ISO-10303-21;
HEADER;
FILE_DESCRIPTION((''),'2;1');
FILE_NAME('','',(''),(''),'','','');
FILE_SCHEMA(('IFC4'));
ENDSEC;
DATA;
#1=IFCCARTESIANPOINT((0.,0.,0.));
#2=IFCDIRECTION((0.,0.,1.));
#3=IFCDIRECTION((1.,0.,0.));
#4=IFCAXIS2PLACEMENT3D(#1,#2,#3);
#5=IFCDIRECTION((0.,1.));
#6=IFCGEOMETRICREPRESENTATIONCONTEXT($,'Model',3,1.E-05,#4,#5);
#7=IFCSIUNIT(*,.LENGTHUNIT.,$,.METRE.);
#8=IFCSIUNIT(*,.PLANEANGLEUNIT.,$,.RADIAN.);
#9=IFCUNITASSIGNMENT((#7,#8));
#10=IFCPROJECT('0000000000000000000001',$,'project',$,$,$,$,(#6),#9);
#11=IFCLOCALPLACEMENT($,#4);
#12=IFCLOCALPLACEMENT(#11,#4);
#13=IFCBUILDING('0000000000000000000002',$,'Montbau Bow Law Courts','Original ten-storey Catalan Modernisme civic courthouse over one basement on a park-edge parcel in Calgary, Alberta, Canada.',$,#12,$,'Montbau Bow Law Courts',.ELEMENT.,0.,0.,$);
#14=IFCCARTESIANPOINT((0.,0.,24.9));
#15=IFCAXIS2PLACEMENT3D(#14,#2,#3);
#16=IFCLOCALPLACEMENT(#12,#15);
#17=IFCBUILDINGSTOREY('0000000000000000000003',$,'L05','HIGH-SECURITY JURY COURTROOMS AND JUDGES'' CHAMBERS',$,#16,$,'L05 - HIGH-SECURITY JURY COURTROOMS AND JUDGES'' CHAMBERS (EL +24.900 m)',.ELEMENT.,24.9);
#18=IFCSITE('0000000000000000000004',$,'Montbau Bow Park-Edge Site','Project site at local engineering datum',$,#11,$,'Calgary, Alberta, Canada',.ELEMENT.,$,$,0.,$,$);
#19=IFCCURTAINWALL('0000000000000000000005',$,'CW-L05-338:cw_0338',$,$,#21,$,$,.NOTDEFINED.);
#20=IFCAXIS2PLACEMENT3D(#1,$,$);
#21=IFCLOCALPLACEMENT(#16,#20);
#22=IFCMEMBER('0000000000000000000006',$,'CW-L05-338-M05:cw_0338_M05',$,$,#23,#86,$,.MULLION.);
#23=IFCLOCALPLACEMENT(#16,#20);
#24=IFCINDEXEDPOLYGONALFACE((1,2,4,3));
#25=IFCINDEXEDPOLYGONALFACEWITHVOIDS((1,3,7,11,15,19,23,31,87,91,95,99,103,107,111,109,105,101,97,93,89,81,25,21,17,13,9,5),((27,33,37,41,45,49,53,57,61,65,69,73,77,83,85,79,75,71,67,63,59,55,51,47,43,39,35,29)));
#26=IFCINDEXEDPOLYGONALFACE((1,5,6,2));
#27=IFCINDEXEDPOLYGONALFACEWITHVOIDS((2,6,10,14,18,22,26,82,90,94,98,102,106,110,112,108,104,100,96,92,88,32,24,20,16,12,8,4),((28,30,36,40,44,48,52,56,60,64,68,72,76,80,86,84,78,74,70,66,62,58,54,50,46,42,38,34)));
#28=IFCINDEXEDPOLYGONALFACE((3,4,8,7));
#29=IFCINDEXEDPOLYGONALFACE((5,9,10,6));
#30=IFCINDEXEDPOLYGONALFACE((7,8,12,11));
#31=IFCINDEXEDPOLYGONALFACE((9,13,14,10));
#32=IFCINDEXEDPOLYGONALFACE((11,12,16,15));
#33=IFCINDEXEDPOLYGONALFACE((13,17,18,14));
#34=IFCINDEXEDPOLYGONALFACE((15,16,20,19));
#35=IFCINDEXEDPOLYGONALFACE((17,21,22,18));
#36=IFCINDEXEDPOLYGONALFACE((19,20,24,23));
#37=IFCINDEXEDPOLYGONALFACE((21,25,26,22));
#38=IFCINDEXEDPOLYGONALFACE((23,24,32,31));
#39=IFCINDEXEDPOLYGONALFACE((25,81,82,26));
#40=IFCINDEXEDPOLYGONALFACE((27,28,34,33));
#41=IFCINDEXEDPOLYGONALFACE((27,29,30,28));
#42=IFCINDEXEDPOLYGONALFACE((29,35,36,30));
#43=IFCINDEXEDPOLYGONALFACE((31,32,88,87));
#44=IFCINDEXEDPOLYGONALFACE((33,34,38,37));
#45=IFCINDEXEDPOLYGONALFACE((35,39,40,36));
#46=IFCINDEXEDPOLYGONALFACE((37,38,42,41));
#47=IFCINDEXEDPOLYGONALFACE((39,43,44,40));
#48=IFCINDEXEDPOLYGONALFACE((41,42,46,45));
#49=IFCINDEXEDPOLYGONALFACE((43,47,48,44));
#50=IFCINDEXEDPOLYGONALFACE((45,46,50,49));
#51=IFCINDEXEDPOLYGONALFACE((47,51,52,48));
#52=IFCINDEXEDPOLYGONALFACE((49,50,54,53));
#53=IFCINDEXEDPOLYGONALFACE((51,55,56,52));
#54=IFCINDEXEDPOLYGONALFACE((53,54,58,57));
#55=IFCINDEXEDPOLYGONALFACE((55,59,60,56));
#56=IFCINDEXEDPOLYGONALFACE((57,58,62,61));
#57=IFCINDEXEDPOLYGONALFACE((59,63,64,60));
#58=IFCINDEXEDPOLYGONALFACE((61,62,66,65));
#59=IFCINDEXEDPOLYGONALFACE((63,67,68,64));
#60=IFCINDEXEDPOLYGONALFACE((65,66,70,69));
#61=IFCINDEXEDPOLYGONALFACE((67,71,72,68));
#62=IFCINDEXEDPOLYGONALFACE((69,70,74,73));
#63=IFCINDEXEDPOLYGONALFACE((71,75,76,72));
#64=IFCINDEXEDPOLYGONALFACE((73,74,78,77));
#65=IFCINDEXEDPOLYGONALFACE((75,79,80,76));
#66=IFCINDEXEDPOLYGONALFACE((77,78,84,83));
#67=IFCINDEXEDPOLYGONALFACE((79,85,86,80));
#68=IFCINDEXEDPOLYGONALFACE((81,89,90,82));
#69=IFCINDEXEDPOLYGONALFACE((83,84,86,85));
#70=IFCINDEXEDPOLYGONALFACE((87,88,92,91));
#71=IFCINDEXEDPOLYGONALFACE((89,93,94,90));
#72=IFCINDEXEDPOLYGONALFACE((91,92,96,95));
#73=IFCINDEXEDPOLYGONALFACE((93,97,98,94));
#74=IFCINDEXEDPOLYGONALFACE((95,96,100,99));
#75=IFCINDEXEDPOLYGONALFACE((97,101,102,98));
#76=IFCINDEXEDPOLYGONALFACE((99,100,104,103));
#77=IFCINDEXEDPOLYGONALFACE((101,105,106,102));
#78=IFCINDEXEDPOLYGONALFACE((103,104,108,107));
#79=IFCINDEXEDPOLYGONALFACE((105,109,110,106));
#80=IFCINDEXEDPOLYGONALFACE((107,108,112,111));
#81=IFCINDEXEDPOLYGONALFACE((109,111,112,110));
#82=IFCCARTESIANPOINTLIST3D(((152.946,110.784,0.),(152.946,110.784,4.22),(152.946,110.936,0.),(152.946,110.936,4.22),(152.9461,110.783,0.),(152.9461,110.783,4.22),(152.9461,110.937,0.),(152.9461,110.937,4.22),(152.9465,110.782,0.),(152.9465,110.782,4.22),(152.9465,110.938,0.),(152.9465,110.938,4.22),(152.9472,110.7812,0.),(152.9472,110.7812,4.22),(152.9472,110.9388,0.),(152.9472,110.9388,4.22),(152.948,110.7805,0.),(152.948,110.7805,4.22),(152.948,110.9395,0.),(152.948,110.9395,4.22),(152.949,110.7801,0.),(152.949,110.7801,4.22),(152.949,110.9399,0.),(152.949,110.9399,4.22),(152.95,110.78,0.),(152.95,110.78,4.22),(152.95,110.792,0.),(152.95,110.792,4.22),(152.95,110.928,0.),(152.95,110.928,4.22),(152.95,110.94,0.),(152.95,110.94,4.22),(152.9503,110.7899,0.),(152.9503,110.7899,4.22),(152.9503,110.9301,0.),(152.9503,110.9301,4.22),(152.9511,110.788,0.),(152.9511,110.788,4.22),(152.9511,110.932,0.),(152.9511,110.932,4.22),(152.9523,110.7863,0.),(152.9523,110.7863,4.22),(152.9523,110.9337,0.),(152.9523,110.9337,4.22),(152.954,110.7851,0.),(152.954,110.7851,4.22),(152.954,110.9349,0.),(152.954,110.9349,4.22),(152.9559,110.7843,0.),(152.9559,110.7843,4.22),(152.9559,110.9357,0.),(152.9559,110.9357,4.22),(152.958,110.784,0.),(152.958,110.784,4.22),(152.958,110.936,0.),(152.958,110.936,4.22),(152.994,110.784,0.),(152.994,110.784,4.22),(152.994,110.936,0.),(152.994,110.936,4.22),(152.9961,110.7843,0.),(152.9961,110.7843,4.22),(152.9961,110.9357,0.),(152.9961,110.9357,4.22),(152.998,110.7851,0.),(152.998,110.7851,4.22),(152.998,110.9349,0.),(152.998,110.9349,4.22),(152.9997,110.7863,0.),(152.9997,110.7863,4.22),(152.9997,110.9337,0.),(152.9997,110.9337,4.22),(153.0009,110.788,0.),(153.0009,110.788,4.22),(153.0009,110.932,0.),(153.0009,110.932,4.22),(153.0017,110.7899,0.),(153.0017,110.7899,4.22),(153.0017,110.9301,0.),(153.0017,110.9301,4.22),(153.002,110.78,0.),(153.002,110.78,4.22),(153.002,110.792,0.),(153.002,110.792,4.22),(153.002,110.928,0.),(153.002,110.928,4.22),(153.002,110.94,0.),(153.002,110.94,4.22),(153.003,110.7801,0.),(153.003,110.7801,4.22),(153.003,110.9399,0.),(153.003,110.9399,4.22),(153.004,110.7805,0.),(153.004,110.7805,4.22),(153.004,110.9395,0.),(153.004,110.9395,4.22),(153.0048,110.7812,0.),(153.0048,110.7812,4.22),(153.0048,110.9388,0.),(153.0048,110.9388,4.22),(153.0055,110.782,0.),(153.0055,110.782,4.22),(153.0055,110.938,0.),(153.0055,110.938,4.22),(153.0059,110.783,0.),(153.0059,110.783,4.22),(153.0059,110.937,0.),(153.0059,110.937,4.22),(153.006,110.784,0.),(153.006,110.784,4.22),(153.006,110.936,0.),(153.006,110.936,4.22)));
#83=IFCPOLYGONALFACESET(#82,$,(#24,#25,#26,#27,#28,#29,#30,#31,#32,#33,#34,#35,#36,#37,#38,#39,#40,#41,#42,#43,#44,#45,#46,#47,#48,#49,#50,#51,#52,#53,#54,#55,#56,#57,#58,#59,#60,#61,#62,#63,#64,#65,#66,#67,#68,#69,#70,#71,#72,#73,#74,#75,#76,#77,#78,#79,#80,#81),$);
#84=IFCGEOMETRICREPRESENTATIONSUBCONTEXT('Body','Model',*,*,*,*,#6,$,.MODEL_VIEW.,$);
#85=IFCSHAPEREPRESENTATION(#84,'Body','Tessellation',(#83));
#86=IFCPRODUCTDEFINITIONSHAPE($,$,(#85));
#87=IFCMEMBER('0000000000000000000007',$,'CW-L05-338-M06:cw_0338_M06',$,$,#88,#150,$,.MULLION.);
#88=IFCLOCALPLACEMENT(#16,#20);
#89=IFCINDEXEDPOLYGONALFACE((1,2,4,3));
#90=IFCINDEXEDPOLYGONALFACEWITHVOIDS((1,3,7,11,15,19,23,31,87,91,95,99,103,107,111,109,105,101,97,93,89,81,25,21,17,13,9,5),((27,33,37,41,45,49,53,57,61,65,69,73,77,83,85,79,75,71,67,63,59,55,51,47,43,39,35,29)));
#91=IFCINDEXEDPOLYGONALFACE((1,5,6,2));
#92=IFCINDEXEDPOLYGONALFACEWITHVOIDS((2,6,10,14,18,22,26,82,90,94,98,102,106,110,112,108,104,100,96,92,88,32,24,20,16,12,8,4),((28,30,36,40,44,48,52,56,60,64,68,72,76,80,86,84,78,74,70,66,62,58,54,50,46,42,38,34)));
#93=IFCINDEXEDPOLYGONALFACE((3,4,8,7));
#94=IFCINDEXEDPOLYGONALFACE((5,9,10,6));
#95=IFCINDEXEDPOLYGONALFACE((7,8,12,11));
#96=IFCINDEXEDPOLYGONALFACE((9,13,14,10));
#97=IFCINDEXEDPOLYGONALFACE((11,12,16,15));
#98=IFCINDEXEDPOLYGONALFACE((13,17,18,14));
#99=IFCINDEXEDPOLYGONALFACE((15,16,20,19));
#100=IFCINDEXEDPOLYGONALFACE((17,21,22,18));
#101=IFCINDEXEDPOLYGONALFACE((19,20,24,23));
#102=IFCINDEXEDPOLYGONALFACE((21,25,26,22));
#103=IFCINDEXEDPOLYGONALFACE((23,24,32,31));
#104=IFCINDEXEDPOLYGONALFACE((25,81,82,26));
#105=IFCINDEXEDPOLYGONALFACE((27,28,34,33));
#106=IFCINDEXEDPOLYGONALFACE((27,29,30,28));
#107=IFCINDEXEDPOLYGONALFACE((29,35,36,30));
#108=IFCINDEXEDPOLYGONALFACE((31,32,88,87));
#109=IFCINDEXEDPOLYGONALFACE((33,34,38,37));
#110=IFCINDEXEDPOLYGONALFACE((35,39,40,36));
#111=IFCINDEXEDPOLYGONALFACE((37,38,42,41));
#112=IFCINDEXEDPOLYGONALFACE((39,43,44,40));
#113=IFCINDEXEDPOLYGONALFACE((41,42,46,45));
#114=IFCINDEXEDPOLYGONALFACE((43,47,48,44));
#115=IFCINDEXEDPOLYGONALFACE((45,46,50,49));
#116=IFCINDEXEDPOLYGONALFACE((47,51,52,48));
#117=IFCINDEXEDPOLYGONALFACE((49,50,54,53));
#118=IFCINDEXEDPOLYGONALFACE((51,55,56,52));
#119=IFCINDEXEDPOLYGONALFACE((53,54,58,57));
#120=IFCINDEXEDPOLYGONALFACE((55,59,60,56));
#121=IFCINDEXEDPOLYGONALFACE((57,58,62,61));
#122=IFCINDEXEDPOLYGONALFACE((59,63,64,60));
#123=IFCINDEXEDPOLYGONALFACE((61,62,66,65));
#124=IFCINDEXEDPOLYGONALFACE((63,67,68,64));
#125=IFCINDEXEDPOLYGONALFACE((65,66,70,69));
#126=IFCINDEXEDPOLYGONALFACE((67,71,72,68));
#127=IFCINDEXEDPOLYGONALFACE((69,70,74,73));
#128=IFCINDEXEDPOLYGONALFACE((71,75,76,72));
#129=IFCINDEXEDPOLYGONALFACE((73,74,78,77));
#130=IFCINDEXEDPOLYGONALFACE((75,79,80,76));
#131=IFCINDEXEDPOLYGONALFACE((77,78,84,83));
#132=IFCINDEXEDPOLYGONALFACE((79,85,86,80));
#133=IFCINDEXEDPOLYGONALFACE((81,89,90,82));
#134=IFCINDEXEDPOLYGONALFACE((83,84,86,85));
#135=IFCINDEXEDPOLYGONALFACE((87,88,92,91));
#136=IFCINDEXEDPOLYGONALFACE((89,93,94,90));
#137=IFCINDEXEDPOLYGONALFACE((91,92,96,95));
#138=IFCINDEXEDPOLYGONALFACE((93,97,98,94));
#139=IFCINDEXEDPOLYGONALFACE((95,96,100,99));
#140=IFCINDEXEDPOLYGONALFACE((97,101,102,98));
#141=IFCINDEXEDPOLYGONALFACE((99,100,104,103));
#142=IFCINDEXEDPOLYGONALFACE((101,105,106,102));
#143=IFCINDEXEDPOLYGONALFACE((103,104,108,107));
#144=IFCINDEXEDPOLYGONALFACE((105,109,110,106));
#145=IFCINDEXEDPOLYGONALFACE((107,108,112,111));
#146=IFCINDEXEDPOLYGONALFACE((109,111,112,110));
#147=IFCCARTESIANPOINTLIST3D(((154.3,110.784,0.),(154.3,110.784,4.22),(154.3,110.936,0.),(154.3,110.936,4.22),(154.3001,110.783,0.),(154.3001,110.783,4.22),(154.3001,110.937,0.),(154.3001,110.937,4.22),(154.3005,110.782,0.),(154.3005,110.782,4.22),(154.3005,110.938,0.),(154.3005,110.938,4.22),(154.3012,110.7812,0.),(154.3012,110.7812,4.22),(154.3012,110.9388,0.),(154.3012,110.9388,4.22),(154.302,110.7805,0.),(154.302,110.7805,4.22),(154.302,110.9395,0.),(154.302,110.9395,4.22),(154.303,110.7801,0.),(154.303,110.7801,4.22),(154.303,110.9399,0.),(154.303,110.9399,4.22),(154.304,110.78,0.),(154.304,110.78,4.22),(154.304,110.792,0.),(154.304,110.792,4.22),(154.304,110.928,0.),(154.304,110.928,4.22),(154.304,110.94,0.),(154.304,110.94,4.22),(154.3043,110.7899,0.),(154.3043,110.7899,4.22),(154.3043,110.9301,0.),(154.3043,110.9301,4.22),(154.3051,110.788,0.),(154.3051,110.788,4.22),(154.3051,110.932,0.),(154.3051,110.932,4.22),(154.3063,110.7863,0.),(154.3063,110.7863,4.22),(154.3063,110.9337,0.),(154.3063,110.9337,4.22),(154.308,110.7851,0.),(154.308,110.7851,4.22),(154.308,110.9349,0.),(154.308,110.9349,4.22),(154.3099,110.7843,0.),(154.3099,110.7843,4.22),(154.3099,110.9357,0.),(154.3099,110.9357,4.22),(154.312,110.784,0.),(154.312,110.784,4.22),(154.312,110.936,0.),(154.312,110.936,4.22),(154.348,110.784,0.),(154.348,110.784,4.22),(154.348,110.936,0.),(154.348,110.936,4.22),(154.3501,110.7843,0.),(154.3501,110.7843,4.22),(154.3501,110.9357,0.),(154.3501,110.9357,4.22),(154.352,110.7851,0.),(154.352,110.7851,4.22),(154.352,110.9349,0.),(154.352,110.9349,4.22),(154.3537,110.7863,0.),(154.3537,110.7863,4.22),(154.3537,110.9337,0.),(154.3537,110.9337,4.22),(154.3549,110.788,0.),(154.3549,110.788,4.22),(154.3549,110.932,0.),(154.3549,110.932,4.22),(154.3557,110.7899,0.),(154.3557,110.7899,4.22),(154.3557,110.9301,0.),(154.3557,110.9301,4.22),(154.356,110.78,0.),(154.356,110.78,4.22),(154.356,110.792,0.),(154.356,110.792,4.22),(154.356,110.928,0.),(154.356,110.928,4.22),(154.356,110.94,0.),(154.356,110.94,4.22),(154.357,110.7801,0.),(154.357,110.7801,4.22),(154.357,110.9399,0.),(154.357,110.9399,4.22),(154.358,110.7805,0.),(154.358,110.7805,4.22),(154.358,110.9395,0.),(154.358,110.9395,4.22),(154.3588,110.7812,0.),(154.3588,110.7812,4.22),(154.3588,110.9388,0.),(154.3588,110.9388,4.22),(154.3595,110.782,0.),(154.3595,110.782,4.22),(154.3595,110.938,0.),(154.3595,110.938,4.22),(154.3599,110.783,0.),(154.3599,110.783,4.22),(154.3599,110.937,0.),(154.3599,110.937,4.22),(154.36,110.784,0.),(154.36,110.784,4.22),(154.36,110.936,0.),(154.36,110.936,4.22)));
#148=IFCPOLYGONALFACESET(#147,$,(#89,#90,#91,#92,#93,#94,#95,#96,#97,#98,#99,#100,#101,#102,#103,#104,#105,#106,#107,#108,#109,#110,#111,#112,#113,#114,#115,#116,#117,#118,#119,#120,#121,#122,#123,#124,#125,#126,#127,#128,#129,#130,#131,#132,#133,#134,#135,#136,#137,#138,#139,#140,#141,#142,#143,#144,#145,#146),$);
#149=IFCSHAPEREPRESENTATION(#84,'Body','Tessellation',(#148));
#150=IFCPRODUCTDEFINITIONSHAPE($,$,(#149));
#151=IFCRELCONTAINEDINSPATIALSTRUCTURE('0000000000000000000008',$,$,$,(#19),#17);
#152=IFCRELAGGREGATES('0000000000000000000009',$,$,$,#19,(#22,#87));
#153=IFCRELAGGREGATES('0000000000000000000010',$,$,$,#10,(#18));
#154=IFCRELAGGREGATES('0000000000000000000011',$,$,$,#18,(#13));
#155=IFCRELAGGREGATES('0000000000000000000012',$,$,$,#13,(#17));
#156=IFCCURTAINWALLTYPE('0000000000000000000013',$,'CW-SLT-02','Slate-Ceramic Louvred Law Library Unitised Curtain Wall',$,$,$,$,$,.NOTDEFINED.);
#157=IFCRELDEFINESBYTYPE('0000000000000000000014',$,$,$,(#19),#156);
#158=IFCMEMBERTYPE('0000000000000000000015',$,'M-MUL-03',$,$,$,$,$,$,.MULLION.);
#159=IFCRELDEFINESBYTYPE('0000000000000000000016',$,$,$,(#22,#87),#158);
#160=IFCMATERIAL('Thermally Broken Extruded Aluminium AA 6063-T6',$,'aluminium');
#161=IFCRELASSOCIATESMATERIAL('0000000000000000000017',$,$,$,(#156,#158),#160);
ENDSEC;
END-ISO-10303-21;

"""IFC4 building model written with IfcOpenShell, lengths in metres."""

from ifc_helpers import new_model, si_unit, direction, frame, origin_with_axes, origin_2d_with_axis, place, context, subcontext, project, spatial, hollow_rectangle, extrude, material, material_profile, profile_set, type_object, element, aggregate, save


model = new_model("IFC4")

# Units and contexts
model_context = context("Model", 3, precision=1e-05, world=origin_with_axes(), true_north=direction((0.0, 1.0)))
body_context = subcontext(model_context, "Body", "Model", "MODEL_VIEW")
ifc_project = project(units=[si_unit("LENGTHUNIT", "METRE"), si_unit("PLANEANGLEUNIT", "RADIAN")], contexts=[model_context])

# Site, building, storey
site_placement = place(None, origin_with_axes())
site = spatial("IfcSite", under=ifc_project, at=site_placement, Name="Montbau Bow Park-Edge Site", Description="Project site at local engineering datum", LongName="Calgary, Alberta, Canada", CompositionType="ELEMENT", RefElevation=0.0)
building_placement = place(site_placement, origin_with_axes())
building = spatial("IfcBuilding", under=site, at=building_placement, Name="Montbau Bow Law Courts", Description="Original ten-storey Catalan Modernisme civic courthouse over one basement on a park-edge parcel in Calgary, Alberta, Canada.", LongName="Montbau Bow Law Courts", CompositionType="ELEMENT", ElevationOfRefHeight=0.0, ElevationOfTerrain=0.0)
storey_placement = place(building_placement, frame((0.0, 0.0, 24.9), z_axis=(0.0, 0.0, 1.0), x_axis=(1.0, 0.0, 0.0)))
storey = spatial("IfcBuildingStorey", under=building, at=storey_placement, Name="L05", Description="HIGH-SECURITY JURY COURTROOMS AND JUDGES' CHAMBERS", LongName="L05 - HIGH-SECURITY JURY COURTROOMS AND JUDGES' CHAMBERS (EL +24.900 m)", CompositionType="ELEMENT", Elevation=24.9)

# Curtain wall, members
ifc_material_1 = material(Name="Thermally Broken Extruded Aluminium AA 6063-T6", Category="aluminium")
curtain_wall_type = type_object("IfcCurtainWallType", Name="CW-SLT-02", Description="Slate-Ceramic Louvred Law Library Unitised Curtain Wall", PredefinedType="NOTDEFINED", material=ifc_material_1)
curtain_wall_placement = place(None, frame((147.44, 110.86, 24.9), z_axis=(0.0, 0.0, 1.0), x_axis=(1.0, 0.0, 0.0)))
curtain_wall = element("IfcCurtainWall", 1, at=curtain_wall_placement, inside=storey, type_object=curtain_wall_type, Name="CW-L05-338:cw_0338", PredefinedType="NOTDEFINED")
ifc_material_profile_1 = material_profile(ifc_material_1, hollow_rectangle(XDim=0.06, YDim=0.16, WallThickness=0.004, InnerFilletRadius=0.008, OuterFilletRadius=0.004, at=origin_2d_with_axis()), Name="CWM-160X60", Category="Main", Priority=0)
ifc_profile_set_1 = profile_set([ifc_material_profile_1], Name="Thermally Broken Extruded Aluminium AA 6063-T6")
member_type_1 = type_object("IfcMemberType", Name="M-MUL-03", PredefinedType="MULLION", material=ifc_profile_set_1)
member_1_placement = place(None, frame((152.976, 110.86, 24.9), z_axis=(0.0, 0.0, 1.0), x_axis=(1.0, 0.0, 0.0)))
member_1 = element("IfcMember", 2, at=member_1_placement, type_object=member_type_1, Name="CW-L05-338-M05:cw_0338_M05", PredefinedType="MULLION", context=body_context, shape_type="SweptSolid", body=[
    extrude(hollow_rectangle(XDim=0.06, YDim=0.16, WallThickness=0.004, InnerFilletRadius=0.008, OuterFilletRadius=0.004, at=origin_2d_with_axis()), origin_with_axes(), (0.0, 0.0, 1.0), 4.22),
])
member_2_placement = place(None, frame((154.33, 110.86, 24.9), z_axis=(0.0, 0.0, 1.0), x_axis=(1.0, 0.0, 0.0)))
member_2 = element("IfcMember", 3, at=member_2_placement, type_object=member_type_1, Name="CW-L05-338-M06:cw_0338_M06", PredefinedType="MULLION", context=body_context, shape_type="SweptSolid", body=[
    extrude(hollow_rectangle(XDim=0.06, YDim=0.16, WallThickness=0.004, InnerFilletRadius=0.008, OuterFilletRadius=0.004, at=origin_2d_with_axis()), origin_with_axes(), (0.0, 0.0, 1.0), 4.22),
])
aggregate(curtain_wall, [member_1, member_2])

save(model, "model.ifc")
